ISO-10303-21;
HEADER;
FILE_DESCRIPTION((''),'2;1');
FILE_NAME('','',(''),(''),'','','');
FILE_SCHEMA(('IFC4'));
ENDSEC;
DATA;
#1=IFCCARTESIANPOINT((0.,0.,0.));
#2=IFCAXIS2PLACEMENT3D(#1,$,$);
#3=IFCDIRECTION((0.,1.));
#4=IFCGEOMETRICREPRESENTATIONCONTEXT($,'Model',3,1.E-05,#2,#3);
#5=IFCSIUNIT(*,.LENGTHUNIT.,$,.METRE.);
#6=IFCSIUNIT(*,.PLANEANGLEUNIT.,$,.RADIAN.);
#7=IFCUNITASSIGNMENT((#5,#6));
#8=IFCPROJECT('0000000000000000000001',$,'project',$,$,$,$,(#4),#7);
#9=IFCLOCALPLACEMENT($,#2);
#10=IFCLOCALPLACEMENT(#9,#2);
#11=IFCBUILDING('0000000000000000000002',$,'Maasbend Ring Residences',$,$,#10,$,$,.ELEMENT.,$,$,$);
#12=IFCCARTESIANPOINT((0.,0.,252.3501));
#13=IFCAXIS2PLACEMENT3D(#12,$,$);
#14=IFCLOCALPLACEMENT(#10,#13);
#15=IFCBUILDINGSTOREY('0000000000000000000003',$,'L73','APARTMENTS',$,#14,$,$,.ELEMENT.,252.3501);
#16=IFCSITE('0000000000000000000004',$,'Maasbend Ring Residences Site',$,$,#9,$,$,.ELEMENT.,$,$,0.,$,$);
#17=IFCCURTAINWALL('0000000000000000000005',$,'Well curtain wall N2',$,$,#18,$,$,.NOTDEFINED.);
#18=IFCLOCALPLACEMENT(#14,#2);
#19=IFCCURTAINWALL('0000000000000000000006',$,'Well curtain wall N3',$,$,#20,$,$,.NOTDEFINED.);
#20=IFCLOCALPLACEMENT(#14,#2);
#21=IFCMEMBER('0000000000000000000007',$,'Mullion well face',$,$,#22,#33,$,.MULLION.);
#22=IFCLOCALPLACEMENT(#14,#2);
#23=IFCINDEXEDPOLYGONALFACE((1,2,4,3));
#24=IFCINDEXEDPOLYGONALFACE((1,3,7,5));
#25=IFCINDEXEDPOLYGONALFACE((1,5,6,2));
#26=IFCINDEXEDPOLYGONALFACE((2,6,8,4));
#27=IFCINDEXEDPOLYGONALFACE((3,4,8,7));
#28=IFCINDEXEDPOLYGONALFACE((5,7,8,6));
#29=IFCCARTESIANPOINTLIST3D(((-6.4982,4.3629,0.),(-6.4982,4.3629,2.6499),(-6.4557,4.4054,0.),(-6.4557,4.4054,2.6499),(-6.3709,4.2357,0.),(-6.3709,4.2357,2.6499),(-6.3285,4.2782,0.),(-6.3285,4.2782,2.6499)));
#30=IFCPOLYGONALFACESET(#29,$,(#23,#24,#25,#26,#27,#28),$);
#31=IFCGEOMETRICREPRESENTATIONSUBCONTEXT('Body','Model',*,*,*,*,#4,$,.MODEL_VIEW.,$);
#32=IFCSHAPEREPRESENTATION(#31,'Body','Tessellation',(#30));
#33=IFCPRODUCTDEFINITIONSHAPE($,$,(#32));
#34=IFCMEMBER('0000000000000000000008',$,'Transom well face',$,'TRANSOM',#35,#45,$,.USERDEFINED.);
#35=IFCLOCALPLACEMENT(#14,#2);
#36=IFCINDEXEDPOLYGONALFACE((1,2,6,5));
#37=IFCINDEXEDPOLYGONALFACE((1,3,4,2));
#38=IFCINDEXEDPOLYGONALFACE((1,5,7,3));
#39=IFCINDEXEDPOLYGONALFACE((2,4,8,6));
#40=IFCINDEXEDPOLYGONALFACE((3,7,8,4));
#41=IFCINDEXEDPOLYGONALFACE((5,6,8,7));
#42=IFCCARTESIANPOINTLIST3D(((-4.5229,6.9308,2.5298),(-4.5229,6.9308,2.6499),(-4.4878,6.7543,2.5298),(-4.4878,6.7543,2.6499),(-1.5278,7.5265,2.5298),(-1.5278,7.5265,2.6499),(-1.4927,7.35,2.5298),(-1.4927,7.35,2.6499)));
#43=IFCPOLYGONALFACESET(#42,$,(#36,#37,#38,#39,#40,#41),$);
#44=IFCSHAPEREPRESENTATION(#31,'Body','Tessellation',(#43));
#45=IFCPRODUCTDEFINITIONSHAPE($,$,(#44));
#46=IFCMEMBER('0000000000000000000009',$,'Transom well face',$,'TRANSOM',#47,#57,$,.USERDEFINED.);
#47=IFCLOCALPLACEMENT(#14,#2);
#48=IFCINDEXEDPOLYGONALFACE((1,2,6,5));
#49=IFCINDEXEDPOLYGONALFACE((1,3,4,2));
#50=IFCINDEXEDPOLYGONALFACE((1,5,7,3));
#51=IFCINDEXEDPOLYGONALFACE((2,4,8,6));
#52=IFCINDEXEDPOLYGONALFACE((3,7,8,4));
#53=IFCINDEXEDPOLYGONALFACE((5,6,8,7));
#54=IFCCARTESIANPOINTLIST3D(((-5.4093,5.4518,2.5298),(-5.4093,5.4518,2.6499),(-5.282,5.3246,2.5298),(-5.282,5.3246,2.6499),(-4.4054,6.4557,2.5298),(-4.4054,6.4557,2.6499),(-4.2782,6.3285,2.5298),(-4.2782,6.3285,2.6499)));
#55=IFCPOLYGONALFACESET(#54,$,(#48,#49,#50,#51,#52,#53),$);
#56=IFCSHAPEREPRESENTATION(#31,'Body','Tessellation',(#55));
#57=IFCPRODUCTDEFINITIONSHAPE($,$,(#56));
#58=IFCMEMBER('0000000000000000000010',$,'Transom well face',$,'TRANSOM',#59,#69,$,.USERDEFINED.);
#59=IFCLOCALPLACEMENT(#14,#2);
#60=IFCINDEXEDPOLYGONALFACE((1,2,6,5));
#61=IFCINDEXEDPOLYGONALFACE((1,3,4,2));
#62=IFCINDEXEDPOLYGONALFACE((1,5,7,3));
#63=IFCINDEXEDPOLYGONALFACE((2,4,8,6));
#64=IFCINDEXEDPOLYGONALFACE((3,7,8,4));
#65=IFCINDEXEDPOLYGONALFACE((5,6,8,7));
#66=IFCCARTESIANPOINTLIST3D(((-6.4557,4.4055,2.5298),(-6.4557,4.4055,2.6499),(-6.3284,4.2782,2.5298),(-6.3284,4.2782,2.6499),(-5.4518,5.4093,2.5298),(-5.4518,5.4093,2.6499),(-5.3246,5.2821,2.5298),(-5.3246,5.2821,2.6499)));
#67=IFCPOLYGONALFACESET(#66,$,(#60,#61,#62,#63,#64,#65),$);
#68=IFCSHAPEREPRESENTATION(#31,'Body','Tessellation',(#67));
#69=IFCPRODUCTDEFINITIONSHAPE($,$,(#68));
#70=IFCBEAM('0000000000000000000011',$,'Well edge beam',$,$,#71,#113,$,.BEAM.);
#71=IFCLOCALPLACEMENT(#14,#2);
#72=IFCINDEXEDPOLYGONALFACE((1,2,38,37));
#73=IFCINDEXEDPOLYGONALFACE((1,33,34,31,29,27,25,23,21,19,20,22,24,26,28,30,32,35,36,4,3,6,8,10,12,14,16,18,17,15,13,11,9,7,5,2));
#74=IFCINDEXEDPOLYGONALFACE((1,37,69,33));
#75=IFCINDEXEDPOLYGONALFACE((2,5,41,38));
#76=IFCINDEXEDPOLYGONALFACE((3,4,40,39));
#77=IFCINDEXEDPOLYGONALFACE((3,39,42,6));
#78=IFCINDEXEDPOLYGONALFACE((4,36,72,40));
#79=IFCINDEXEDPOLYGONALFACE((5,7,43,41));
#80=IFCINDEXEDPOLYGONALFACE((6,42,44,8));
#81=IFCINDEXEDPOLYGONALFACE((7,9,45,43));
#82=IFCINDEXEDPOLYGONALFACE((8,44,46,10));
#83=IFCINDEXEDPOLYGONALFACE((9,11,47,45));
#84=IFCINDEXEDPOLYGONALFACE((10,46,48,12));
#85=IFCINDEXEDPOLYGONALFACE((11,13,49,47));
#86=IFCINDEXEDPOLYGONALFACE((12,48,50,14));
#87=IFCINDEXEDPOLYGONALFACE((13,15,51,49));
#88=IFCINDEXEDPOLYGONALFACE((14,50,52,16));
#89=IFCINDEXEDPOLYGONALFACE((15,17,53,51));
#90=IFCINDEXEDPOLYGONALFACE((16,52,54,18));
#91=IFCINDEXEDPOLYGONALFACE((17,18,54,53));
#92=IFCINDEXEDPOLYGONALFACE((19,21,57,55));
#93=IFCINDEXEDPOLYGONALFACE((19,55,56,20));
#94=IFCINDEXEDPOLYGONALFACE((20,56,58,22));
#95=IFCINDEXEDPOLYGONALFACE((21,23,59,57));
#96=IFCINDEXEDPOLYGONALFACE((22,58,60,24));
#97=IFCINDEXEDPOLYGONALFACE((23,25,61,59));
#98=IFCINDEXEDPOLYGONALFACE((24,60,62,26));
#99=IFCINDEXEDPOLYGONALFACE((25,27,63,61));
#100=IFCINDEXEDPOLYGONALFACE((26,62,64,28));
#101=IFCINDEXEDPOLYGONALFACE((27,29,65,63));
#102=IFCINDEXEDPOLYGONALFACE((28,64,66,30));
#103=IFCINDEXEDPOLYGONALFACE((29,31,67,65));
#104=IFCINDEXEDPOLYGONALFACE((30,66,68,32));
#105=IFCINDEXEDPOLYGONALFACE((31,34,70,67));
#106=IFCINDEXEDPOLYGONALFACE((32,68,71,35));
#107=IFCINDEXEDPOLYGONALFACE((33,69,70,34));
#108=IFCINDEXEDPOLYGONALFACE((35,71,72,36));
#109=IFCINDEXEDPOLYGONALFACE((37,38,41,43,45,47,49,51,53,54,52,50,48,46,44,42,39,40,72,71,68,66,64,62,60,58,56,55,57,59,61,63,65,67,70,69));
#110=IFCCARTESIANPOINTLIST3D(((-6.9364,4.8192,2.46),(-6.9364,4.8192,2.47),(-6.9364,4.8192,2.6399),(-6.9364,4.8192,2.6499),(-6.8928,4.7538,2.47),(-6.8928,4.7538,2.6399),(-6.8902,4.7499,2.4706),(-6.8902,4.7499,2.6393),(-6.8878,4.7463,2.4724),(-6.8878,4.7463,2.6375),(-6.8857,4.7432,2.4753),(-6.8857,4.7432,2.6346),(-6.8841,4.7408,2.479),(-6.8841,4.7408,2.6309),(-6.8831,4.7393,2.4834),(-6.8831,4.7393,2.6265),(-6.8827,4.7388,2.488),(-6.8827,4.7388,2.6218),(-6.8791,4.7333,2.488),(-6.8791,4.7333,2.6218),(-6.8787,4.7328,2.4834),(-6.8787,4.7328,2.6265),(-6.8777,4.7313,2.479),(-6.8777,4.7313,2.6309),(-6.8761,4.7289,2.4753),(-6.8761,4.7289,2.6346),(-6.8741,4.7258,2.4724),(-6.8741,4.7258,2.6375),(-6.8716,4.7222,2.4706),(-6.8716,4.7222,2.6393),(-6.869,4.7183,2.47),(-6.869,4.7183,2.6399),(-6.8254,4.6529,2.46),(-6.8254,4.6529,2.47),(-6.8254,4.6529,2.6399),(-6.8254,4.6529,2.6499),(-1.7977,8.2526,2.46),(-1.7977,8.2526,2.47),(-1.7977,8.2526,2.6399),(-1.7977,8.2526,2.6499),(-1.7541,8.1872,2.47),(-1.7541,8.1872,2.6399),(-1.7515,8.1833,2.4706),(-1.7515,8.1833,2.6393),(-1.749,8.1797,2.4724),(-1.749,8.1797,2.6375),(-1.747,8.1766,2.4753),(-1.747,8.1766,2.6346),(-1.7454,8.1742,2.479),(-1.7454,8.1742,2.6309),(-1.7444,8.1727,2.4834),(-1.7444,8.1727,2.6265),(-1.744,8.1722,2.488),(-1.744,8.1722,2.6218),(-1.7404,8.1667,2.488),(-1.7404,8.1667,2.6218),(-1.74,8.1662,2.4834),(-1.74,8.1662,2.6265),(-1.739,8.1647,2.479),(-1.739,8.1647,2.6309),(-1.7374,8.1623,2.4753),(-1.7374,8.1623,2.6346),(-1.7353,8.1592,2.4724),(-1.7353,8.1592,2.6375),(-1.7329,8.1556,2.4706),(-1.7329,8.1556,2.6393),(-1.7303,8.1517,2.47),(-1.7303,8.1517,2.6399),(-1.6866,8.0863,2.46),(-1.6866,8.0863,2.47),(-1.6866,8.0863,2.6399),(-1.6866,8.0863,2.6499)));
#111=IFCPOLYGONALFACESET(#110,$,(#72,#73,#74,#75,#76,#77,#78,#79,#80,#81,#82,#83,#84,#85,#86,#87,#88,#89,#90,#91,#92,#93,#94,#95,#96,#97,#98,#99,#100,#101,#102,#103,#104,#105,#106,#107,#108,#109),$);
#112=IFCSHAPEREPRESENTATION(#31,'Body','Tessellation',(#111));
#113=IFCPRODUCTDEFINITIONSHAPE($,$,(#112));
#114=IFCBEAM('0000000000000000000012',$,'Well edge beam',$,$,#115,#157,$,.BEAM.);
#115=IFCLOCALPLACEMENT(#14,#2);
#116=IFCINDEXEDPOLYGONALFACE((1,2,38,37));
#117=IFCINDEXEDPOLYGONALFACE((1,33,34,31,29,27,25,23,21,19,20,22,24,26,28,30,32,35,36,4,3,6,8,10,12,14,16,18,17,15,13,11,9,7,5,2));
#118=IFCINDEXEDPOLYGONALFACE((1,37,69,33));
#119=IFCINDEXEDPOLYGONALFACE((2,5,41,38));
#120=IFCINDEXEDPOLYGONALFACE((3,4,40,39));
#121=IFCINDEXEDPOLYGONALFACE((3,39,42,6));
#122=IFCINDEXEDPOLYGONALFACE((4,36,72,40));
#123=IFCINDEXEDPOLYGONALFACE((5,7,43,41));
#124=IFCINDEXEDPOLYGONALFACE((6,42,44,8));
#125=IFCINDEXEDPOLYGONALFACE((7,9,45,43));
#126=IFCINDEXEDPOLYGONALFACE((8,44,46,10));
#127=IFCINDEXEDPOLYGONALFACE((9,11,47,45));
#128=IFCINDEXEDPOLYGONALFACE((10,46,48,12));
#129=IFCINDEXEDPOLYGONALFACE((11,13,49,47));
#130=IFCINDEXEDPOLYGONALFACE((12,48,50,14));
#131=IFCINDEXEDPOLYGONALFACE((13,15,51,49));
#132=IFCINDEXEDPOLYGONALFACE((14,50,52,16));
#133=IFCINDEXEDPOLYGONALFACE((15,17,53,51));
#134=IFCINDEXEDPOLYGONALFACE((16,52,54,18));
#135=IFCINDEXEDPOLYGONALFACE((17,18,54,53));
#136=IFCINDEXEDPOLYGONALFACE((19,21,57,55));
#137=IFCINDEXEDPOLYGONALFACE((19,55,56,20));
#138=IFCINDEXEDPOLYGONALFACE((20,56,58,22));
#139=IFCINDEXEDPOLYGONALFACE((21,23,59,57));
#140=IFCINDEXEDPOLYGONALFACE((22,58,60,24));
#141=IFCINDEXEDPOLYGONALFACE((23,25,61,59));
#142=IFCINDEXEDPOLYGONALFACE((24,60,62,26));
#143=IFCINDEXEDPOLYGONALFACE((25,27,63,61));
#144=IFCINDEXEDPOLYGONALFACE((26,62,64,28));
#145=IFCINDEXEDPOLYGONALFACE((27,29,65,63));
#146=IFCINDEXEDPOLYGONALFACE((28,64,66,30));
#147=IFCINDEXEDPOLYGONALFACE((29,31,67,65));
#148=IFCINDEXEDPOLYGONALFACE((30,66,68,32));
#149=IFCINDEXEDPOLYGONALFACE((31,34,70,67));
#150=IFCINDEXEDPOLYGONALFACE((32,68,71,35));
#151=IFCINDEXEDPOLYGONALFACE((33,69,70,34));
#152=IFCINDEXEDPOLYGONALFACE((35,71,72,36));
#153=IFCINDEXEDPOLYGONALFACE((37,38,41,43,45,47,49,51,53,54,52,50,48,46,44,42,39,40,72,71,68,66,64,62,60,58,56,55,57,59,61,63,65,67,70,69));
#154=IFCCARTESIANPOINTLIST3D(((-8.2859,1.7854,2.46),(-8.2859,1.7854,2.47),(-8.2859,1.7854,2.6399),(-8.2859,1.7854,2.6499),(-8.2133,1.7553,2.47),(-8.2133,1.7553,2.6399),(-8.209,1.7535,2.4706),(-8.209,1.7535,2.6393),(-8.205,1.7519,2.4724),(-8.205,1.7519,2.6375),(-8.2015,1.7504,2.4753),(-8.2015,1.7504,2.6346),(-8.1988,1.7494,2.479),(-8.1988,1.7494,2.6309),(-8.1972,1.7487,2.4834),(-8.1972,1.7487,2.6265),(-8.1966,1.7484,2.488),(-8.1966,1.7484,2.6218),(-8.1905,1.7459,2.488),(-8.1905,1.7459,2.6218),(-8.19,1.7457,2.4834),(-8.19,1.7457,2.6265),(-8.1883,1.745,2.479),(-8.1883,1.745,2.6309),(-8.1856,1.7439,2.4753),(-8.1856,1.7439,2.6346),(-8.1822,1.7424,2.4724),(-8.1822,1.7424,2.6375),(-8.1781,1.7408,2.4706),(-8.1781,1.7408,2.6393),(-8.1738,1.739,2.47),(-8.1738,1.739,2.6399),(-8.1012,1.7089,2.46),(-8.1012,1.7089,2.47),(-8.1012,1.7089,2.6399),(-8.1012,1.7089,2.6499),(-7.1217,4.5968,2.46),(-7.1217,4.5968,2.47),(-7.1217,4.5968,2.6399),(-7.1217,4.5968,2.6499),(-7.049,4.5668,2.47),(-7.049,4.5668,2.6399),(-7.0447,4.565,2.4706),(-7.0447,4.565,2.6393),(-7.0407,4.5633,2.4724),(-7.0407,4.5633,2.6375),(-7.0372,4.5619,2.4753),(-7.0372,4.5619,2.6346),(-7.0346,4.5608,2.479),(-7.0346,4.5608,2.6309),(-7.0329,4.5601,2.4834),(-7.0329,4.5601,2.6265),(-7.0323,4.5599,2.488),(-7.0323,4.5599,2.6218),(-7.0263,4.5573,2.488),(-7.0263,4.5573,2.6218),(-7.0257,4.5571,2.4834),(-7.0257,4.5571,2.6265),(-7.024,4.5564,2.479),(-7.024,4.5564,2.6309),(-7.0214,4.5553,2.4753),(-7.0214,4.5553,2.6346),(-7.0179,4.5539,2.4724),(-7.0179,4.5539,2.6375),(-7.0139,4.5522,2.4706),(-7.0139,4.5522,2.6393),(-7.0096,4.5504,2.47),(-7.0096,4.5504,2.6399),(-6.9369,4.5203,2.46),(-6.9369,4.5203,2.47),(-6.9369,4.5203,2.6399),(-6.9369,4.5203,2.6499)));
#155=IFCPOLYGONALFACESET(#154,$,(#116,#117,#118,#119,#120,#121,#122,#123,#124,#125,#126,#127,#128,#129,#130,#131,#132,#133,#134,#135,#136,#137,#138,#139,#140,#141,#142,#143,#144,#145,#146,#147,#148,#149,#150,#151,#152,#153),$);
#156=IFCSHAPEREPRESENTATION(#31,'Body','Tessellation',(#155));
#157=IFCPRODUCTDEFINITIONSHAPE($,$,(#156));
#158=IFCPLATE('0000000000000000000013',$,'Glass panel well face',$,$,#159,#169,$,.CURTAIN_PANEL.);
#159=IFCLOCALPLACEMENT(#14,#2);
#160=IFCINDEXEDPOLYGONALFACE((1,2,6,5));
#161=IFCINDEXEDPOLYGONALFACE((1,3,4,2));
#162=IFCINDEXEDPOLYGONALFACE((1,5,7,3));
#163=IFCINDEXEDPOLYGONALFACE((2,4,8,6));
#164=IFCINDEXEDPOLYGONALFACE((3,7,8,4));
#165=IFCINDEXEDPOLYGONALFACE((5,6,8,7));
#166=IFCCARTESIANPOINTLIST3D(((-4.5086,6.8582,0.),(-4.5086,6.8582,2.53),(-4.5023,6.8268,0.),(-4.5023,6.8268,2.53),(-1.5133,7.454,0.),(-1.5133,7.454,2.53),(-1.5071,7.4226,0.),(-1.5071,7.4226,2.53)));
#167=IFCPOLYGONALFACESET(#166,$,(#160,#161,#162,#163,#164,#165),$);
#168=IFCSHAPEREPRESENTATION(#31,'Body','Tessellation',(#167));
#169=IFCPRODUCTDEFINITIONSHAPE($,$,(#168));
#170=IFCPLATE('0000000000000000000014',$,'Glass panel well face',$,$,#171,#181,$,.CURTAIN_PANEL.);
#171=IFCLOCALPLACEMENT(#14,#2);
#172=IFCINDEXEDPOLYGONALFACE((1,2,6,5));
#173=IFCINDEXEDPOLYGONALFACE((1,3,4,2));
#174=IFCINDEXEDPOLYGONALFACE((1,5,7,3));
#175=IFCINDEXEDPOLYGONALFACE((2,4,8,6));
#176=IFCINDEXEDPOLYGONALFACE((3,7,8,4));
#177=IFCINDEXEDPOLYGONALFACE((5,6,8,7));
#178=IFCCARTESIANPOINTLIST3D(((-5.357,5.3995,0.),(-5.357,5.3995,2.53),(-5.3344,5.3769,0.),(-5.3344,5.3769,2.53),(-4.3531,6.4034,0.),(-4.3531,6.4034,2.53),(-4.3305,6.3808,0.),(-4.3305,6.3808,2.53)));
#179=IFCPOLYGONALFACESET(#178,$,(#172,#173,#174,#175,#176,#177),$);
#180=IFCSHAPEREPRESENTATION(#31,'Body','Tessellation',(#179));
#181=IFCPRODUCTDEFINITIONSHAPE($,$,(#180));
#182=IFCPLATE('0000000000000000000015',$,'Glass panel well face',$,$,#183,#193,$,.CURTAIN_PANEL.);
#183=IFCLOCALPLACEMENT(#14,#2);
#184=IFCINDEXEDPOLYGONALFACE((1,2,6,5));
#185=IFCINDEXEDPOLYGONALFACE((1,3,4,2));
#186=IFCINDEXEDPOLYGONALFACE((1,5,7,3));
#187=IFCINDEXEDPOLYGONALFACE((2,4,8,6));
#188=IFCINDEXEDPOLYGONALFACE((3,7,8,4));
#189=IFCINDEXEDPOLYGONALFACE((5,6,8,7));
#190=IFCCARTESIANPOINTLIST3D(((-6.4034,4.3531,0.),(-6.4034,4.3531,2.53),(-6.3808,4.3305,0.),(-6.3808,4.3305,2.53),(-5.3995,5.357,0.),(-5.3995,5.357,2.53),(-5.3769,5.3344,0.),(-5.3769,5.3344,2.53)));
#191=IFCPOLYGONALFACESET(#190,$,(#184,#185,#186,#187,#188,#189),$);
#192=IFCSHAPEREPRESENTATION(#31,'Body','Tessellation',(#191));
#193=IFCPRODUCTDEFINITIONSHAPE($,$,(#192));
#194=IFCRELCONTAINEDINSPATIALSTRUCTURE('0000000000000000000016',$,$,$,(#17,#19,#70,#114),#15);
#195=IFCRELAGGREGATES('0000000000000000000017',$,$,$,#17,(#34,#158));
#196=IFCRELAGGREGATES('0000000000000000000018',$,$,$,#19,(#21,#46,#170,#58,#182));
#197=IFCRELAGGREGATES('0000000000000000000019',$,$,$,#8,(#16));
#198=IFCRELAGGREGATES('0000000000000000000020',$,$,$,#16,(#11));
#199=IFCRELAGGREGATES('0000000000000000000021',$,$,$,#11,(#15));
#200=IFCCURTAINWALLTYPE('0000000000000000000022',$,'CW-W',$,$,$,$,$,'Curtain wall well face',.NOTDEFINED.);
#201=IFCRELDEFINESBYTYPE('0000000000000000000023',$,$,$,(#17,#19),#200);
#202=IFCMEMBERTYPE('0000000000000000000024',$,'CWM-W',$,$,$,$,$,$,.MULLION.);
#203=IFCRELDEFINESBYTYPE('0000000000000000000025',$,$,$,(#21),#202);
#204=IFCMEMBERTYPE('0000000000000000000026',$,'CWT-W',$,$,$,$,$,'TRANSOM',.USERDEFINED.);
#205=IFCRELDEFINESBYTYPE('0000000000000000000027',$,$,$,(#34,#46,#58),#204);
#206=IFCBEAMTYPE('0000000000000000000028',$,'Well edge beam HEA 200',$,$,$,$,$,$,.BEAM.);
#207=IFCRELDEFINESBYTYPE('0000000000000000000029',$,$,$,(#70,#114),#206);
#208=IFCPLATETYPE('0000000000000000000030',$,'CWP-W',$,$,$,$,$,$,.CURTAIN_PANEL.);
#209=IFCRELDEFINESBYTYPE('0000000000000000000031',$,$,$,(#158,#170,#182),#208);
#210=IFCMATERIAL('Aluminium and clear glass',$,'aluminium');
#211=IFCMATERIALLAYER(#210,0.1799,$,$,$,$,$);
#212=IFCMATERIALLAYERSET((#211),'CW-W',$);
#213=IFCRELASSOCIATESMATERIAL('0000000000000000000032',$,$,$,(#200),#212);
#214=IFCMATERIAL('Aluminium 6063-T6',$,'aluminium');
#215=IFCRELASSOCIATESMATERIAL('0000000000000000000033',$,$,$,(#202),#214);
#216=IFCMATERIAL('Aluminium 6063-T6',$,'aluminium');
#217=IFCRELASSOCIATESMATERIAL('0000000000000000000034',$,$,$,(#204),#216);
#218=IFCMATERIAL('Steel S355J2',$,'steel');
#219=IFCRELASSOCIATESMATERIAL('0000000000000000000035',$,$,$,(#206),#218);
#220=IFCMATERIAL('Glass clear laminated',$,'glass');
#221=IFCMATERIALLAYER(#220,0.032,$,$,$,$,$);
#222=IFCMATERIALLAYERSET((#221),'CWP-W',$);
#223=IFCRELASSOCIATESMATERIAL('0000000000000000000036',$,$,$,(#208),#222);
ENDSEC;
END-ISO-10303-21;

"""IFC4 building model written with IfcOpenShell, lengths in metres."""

from ifc_helpers import new_model, si_unit, direction, frame, origin, origin_2d, place, context, subcontext, project, spatial, rectangle, i_section, extrude, material, layer, layer_set, material_profile, profile_set, type_object, element, aggregate, save


model = new_model("IFC4")

# Units and contexts
model_context = context("Model", 3, precision=1e-05, world=origin(), true_north=direction((0.0, 1.0)))
body_context = subcontext(model_context, "Body", "Model", "MODEL_VIEW")
ifc_project = project(units=[si_unit("LENGTHUNIT", "METRE"), si_unit("PLANEANGLEUNIT", "RADIAN")], contexts=[model_context])

# Site, building, storey
site_placement = place(None, origin())
site = spatial("IfcSite", under=ifc_project, at=site_placement, Name="Maasbend Ring Residences Site", CompositionType="ELEMENT", RefElevation=0.0)
building_placement = place(site_placement, origin())
building = spatial("IfcBuilding", under=site, at=building_placement, Name="Maasbend Ring Residences", CompositionType="ELEMENT")
storey_placement = place(building_placement, frame((0.0, 0.0, 252.3501)))
storey = spatial("IfcBuildingStorey", under=building, at=storey_placement, Name="L73", Description="APARTMENTS", CompositionType="ELEMENT", Elevation=252.3501)

# Curtain walls, member
ifc_material_1 = material(Name="Aluminium and clear glass", Category="aluminium")
ifc_layer_1 = layer(ifc_material_1, 0.1799)
ifc_layer_set_1 = layer_set([ifc_layer_1], Name="CW-W")
curtain_wall_type = type_object("IfcCurtainWallType", Name="CW-W", ElementType="Curtain wall well face", PredefinedType="NOTDEFINED", material=ifc_layer_set_1)
curtain_wall_1_placement = place(storey_placement, origin())
curtain_wall_1 = element("IfcCurtainWall", 1, at=curtain_wall_1_placement, inside=storey, type_object=curtain_wall_type, Name="Well curtain wall N2", PredefinedType="NOTDEFINED")
ifc_material_2 = material(Name="Aluminium 6063-T6", Category="aluminium")
ifc_material_profile_1 = material_profile(ifc_material_2, rectangle(XDim=0.1799, YDim=0.0601, at=origin_2d()), Name="AL 180x60")
ifc_profile_set_1 = profile_set([ifc_material_profile_1], Name="Aluminium 6063-T6")
member_type_1 = type_object("IfcMemberType", Name="CWM-W", PredefinedType="MULLION", material=ifc_profile_set_1)
curtain_wall_2_placement = place(storey_placement, origin())
curtain_wall_2 = element("IfcCurtainWall", 2, at=curtain_wall_2_placement, inside=storey, type_object=curtain_wall_type, Name="Well curtain wall N3", PredefinedType="NOTDEFINED")
member_1_placement = place(storey_placement, frame((-6.4133, 4.3206, 0.0), z_axis=(0.0, 0.0, 1.0), x_axis=(0.707107, -0.707107, 0.0)))
member_1 = element("IfcMember", 3, at=member_1_placement, type_object=member_type_1, Name="Mullion well face", PredefinedType="MULLION", context=body_context, shape_type="SweptSolid", body=[
    extrude(rectangle(XDim=0.1799, YDim=0.0601, at=origin_2d()), origin(), (0.0, 0.0, 1.0), 2.6499),
])

# Members
ifc_material_3 = material(Name="Aluminium 6063-T6", Category="aluminium")
ifc_material_profile_2 = material_profile(ifc_material_3, rectangle(XDim=0.1799, YDim=0.1201, at=origin_2d()), Name="AL 180x120")
ifc_profile_set_2 = profile_set([ifc_material_profile_2], Name="Aluminium 6063-T6")
member_type_2 = type_object("IfcMemberType", Name="CWT-W", ElementType="TRANSOM", PredefinedType="USERDEFINED", material=ifc_profile_set_2)
member_2_placement = place(storey_placement, frame((-1.5103, 7.4382, 2.5898), z_axis=(-0.980789, -0.195071, 0.0), x_axis=(0.195071, -0.980789, 0.0)))
member_2 = element("IfcMember", 4, at=member_2_placement, type_object=member_type_2, Name="Transom well face", ObjectType="TRANSOM", PredefinedType="USERDEFINED", context=body_context, shape_type="SweptSolid", body=[
    extrude(rectangle(XDim=0.1799, YDim=0.1201, at=origin_2d()), origin(), (0.0, 0.0, 1.0), 3.0537),
])
member_3_placement = place(storey_placement, frame((-4.3418, 6.3921, 2.5898), z_axis=(-0.707107, -0.707107, 0.0), x_axis=(0.707107, -0.707107, 0.0)))
member_3 = element("IfcMember", 5, at=member_3_placement, type_object=member_type_2, Name="Transom well face", ObjectType="TRANSOM", PredefinedType="USERDEFINED", context=body_context, shape_type="SweptSolid", body=[
    extrude(rectangle(XDim=0.1799, YDim=0.1201, at=origin_2d()), origin(), (0.0, 0.0, 1.0), 1.4197),
])
member_4_placement = place(storey_placement, frame((-5.3882, 5.3457, 2.5898), z_axis=(-0.707107, -0.707107, 0.0), x_axis=(0.707107, -0.707107, 0.0)))
member_4 = element("IfcMember", 6, at=member_4_placement, type_object=member_type_2, Name="Transom well face", ObjectType="TRANSOM", PredefinedType="USERDEFINED", context=body_context, shape_type="SweptSolid", body=[
    extrude(rectangle(XDim=0.1799, YDim=0.1201, at=origin_2d()), origin(), (0.0, 0.0, 1.0), 1.4197),
])

# Beams
ifc_material_4 = material(Name="Steel S355J2", Category="steel")
ifc_material_profile_3 = material_profile(ifc_material_4, i_section(OverallWidth=0.2, OverallDepth=0.1899, WebThickness=0.0066, FlangeThickness=0.01, FilletRadius=0.0181, at=origin_2d()), Name="HEA 200")
ifc_profile_set_3 = profile_set([ifc_material_profile_3], Name="Steel S355J2")
beam_type = type_object("IfcBeamType", Name="Well edge beam HEA 200", PredefinedType="BEAM", material=ifc_profile_set_3)
beam_1_placement = place(storey_placement, frame((-1.7422, 8.1694, 2.5549), z_axis=(-0.831485, -0.555548, 0.0), x_axis=(0.555548, -0.831485, 0.0)))
element("IfcBeam", 7, at=beam_1_placement, inside=storey, type_object=beam_type, Name="Well edge beam", PredefinedType="BEAM", context=body_context, shape_type="SweptSolid", body=[
    extrude(i_section(OverallWidth=0.2, OverallDepth=0.1899, WebThickness=0.0066, FlangeThickness=0.01, FilletRadius=0.0181, at=origin_2d()), origin(), (0.0, 0.0, 1.0), 6.1802),
])
beam_2_placement = place(storey_placement, frame((-7.0293, 4.5586, 2.5549), z_axis=(-0.382609, -0.92391, 0.0), x_axis=(0.92391, -0.382609, 0.0)))
element("IfcBeam", 8, at=beam_2_placement, inside=storey, type_object=beam_type, Name="Well edge beam", PredefinedType="BEAM", context=body_context, shape_type="SweptSolid", body=[
    extrude(i_section(OverallWidth=0.2, OverallDepth=0.1899, WebThickness=0.0066, FlangeThickness=0.01, FilletRadius=0.0181, at=origin_2d()), origin(), (0.0, 0.0, 1.0), 3.043),
])

# Plates
ifc_material_5 = material(Name="Glass clear laminated", Category="glass")
ifc_layer_2 = layer(ifc_material_5, 0.032)
ifc_layer_set_2 = layer_set([ifc_layer_2], Name="CWP-W")
plate_type = type_object("IfcPlateType", Name="CWP-W", PredefinedType="CURTAIN_PANEL", material=ifc_layer_set_2)
plate_1_placement = place(storey_placement, frame((-3.0078, 7.1404, 0.0), z_axis=(0.0, 0.0, 1.0), x_axis=(-0.980785, -0.19509, 0.0)))
plate_1 = element("IfcPlate", 9, at=plate_1_placement, type_object=plate_type, Name="Glass panel well face", PredefinedType="CURTAIN_PANEL", context=body_context, shape_type="SweptSolid", body=[
    extrude(rectangle(XDim=3.054, YDim=0.032, at=origin_2d()), origin(), (0.0, 0.0, 1.0), 2.53),
])
aggregate(curtain_wall_1, [member_2, plate_1])
plate_2_placement = place(storey_placement, frame((-4.8438, 5.8901, 0.0), z_axis=(0.0, 0.0, 1.0), x_axis=(-0.707107, -0.707107, 0.0)))
plate_2 = element("IfcPlate", 10, at=plate_2_placement, type_object=plate_type, Name="Glass panel well face", PredefinedType="CURTAIN_PANEL", context=body_context, shape_type="SweptSolid", body=[
    extrude(rectangle(XDim=1.4197, YDim=0.032, at=origin_2d()), origin(), (0.0, 0.0, 1.0), 2.53),
])
plate_3_placement = place(storey_placement, frame((-5.8901, 4.8438, 0.0), z_axis=(0.0, 0.0, 1.0), x_axis=(-0.707107, -0.707107, 0.0)))
plate_3 = element("IfcPlate", 11, at=plate_3_placement, type_object=plate_type, Name="Glass panel well face", PredefinedType="CURTAIN_PANEL", context=body_context, shape_type="SweptSolid", body=[
    extrude(rectangle(XDim=1.4197, YDim=0.032, at=origin_2d()), origin(), (0.0, 0.0, 1.0), 2.53),
])
aggregate(curtain_wall_2, [member_1, member_3, plate_2, member_4, plate_3])

save(model, "model.ifc")
